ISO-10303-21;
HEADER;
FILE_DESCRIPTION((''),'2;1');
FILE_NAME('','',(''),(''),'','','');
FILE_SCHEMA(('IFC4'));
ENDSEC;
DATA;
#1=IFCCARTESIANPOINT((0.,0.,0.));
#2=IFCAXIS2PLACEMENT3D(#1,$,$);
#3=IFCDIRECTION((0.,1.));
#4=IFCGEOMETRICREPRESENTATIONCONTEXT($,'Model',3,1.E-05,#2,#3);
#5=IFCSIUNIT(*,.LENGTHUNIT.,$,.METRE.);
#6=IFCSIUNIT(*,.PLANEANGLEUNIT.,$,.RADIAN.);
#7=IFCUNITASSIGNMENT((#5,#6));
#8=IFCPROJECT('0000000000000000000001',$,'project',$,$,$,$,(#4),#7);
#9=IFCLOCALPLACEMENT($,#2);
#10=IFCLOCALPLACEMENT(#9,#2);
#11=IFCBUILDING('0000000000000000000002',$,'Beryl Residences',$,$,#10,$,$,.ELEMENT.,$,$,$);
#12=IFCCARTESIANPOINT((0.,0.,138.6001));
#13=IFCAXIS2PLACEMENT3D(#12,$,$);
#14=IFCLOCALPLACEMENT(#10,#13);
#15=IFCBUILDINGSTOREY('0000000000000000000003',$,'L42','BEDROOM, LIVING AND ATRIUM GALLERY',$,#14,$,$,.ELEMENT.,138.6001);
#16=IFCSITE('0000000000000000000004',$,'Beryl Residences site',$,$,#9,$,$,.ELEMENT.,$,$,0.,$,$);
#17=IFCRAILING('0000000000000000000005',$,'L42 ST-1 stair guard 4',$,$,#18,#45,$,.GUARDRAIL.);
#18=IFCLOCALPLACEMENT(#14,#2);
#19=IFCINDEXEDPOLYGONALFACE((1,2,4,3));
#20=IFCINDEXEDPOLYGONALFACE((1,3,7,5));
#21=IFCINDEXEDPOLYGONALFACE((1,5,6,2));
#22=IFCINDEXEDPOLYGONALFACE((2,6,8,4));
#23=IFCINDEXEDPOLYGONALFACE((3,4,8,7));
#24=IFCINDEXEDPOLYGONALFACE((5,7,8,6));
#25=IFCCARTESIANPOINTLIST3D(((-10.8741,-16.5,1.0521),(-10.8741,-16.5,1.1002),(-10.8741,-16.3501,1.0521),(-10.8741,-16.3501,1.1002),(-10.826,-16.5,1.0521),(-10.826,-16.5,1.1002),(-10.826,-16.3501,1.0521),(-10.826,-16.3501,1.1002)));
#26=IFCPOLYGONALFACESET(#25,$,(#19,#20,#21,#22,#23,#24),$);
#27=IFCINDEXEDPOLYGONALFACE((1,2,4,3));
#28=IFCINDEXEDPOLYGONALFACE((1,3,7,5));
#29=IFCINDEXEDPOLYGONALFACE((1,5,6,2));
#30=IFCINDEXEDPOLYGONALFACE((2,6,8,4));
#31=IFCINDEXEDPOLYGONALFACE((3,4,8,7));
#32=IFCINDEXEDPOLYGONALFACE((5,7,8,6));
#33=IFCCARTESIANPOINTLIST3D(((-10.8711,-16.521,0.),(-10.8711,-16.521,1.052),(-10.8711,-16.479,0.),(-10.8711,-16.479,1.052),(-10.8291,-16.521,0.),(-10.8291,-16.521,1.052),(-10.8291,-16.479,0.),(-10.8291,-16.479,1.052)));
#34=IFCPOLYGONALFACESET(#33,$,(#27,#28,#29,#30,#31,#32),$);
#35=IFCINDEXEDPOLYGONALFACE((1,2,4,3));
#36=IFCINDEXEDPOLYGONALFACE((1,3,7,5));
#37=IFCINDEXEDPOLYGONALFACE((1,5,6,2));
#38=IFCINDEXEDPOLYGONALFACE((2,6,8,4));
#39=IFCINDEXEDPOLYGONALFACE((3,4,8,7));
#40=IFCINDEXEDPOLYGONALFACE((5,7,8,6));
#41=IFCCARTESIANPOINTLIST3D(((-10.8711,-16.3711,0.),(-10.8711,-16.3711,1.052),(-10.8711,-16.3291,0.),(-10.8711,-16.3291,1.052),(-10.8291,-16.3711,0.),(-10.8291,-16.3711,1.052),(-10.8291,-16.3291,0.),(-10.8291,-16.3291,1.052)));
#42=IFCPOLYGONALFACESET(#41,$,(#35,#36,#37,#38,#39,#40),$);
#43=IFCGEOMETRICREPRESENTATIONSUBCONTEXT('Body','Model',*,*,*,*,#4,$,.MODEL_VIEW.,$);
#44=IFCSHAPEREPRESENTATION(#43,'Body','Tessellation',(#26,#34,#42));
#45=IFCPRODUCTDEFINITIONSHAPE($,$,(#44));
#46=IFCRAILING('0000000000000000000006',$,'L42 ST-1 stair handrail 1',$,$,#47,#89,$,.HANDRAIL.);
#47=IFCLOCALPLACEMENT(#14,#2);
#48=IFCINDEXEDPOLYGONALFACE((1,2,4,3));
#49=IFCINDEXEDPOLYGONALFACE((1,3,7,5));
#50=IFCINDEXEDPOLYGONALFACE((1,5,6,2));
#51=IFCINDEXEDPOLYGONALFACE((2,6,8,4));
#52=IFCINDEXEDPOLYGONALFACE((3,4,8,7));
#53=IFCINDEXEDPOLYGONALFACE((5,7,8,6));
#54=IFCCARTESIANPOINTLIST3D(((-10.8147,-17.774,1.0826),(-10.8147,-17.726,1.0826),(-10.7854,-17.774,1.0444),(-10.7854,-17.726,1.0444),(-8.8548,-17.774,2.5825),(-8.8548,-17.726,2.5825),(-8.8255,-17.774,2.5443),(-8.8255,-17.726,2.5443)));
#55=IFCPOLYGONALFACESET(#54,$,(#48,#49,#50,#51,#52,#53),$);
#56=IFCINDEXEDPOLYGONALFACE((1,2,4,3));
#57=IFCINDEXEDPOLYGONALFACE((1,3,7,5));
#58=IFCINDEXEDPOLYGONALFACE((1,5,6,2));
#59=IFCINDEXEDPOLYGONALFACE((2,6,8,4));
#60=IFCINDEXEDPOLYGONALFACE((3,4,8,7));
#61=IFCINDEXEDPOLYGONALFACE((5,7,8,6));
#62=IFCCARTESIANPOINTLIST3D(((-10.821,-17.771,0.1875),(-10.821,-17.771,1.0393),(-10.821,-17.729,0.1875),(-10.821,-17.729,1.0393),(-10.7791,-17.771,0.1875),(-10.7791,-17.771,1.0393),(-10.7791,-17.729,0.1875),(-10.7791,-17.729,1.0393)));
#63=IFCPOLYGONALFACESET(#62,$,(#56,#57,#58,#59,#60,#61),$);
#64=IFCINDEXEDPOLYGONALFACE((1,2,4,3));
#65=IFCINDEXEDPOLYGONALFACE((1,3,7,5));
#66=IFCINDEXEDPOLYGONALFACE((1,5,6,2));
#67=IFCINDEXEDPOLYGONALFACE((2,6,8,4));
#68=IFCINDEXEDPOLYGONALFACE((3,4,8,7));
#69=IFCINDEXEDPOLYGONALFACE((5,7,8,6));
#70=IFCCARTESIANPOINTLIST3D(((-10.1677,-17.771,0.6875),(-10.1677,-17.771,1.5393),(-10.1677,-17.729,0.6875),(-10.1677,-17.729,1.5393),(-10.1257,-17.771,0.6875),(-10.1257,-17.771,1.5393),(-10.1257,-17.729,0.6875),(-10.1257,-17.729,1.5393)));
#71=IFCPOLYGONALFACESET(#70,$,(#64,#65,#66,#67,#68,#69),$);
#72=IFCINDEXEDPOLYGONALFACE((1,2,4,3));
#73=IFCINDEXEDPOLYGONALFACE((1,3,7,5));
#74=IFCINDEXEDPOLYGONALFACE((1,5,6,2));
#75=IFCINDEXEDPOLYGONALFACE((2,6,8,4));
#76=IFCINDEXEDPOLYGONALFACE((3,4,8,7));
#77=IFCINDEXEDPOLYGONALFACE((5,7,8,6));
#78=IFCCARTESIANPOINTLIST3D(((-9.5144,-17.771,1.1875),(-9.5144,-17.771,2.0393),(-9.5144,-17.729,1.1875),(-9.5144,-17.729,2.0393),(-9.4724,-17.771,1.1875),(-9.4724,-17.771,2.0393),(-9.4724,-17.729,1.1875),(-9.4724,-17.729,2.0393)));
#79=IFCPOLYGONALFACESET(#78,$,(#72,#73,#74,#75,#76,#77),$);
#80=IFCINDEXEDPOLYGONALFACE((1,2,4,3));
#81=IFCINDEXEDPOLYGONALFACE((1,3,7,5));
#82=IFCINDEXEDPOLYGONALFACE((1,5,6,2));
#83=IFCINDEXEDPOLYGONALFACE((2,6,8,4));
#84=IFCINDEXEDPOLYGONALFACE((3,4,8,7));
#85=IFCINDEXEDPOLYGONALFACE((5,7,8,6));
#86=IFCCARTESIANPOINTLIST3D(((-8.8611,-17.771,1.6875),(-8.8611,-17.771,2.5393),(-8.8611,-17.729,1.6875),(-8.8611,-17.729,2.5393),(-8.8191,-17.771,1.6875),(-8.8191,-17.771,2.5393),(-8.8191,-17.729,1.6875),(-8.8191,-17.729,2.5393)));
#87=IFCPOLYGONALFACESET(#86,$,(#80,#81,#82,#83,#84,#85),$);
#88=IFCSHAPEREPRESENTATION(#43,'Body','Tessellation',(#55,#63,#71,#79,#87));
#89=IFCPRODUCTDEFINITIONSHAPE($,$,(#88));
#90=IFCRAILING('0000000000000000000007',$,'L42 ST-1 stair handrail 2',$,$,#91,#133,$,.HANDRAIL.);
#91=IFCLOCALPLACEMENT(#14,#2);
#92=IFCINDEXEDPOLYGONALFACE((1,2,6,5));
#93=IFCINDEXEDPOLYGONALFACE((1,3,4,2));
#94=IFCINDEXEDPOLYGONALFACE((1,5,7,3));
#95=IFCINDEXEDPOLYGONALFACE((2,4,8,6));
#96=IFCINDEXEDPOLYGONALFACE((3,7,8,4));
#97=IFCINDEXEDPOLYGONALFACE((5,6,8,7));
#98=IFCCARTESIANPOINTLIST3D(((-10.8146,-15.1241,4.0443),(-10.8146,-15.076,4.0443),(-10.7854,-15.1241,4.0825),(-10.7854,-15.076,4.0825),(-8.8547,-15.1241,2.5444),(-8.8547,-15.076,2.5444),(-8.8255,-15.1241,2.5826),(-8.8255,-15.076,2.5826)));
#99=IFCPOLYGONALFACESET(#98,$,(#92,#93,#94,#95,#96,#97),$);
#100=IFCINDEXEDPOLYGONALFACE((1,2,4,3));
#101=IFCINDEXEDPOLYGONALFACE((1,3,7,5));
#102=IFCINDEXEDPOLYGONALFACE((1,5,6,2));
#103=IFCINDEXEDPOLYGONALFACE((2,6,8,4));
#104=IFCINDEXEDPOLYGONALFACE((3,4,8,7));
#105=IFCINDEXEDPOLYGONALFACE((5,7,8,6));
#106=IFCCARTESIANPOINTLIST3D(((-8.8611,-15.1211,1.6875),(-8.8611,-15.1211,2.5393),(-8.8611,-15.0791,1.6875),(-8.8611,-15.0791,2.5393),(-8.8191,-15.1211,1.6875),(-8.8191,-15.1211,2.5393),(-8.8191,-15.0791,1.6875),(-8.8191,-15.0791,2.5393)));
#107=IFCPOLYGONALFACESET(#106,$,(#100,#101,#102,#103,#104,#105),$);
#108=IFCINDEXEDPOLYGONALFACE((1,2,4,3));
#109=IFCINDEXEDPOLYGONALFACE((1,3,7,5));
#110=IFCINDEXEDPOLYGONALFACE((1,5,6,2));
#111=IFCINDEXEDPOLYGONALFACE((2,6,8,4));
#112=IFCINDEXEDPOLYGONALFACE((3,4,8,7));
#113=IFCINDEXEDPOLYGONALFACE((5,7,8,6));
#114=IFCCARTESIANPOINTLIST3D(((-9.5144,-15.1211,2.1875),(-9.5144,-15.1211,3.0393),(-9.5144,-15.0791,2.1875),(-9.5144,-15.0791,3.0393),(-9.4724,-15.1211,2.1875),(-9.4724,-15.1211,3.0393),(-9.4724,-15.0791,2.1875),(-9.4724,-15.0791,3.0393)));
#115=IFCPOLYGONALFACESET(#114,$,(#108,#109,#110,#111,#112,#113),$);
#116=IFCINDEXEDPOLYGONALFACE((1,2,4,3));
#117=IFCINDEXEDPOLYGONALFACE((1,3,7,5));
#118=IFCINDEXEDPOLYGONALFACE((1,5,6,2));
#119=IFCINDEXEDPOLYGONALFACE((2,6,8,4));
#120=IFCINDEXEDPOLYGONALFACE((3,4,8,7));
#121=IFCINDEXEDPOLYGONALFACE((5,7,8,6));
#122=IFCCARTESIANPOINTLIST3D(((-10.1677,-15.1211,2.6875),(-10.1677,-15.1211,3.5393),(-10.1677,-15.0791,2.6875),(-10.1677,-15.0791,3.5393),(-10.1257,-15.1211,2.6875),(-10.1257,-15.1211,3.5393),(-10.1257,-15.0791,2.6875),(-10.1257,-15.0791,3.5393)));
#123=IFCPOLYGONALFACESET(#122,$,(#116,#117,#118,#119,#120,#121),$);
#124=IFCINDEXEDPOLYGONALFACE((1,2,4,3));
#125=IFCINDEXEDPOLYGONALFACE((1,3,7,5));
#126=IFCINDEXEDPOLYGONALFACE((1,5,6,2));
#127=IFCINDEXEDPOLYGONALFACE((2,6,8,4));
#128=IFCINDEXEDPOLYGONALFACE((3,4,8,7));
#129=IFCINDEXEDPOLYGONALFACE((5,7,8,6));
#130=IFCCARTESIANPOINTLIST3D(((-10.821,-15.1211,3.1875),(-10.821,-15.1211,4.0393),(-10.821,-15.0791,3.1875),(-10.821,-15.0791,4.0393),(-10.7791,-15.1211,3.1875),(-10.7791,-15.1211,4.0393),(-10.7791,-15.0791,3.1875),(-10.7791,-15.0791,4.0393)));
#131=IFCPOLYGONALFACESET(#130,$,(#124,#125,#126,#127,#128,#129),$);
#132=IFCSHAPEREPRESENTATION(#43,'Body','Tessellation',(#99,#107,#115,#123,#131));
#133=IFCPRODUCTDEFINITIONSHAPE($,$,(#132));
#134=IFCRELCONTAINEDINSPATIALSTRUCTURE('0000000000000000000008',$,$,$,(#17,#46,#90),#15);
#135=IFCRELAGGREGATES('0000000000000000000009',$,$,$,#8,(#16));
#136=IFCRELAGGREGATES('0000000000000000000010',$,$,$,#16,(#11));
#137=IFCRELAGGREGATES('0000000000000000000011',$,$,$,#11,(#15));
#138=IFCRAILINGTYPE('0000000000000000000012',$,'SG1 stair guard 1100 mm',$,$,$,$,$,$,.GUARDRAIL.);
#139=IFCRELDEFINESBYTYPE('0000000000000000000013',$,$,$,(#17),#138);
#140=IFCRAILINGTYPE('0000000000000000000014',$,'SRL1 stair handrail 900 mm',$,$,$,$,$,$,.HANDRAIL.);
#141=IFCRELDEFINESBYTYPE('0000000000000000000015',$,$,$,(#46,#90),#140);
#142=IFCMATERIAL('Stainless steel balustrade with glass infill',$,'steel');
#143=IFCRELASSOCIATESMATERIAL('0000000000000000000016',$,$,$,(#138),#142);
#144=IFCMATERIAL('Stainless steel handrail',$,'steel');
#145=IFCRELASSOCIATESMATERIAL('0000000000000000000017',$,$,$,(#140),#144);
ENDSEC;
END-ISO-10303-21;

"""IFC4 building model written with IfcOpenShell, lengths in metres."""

from ifc_helpers import new_model, si_unit, direction, frame, origin, origin_2d, place, context, subcontext, project, spatial, rectangle, extrude, material, type_object, element, save


model = new_model("IFC4")

# Units and contexts
model_context = context("Model", 3, precision=1e-05, world=origin(), true_north=direction((0.0, 1.0)))
body_context = subcontext(model_context, "Body", "Model", "MODEL_VIEW")
ifc_project = project(units=[si_unit("LENGTHUNIT", "METRE"), si_unit("PLANEANGLEUNIT", "RADIAN")], contexts=[model_context])

# Site, building, storey
site_placement = place(None, origin())
site = spatial("IfcSite", under=ifc_project, at=site_placement, Name="Beryl Residences site", CompositionType="ELEMENT", RefElevation=0.0)
building_placement = place(site_placement, origin())
building = spatial("IfcBuilding", under=site, at=building_placement, Name="Beryl Residences", CompositionType="ELEMENT")
storey_placement = place(building_placement, frame((0.0, 0.0, 138.6001)))
storey = spatial("IfcBuildingStorey", under=building, at=storey_placement, Name="L42", Description="BEDROOM, LIVING AND ATRIUM GALLERY", CompositionType="ELEMENT", Elevation=138.6001)

# Railings
ifc_material_1 = material(Name="Stainless steel balustrade with glass infill", Category="steel")
railing_type_1 = type_object("IfcRailingType", Name="SG1 stair guard 1100 mm", PredefinedType="GUARDRAIL", material=ifc_material_1)
railing_1_placement = place(storey_placement, frame((-10.8501, -16.5, 0.0)))
element("IfcRailing", 1, at=railing_1_placement, inside=storey, type_object=railing_type_1, Name="L42 ST-1 stair guard 4", PredefinedType="GUARDRAIL", context=body_context, shape_type="SweptSolid", body=[
    extrude(rectangle(XDim=0.0481, YDim=0.0481, at=origin_2d()), frame((0.0, 0.0, 1.0762), z_axis=(0.0, 1.0, 0.0), x_axis=(-1.0, 0.0, 0.0)), (0.0, 0.0, 1.0), 0.1499),
    extrude(rectangle(XDim=0.042, YDim=0.042, at=origin_2d()), origin(), (0.0, 0.0, 1.0), 1.052),
    extrude(rectangle(XDim=0.042, YDim=0.042, at=origin_2d()), frame((0.0, 0.1499, 0.0)), (0.0, 0.0, 1.0), 1.052),
])
ifc_material_2 = material(Name="Stainless steel handrail", Category="steel")
railing_type_2 = type_object("IfcRailingType", Name="SRL1 stair handrail 900 mm", PredefinedType="HANDRAIL", material=ifc_material_2)
railing_2_placement = place(storey_placement, frame((-10.8, -17.75, 0.1875)))
element("IfcRailing", 2, at=railing_2_placement, inside=storey, type_object=railing_type_2, Name="L42 ST-1 stair handrail 1", PredefinedType="HANDRAIL", context=body_context, shape_type="SweptSolid", body=[
    extrude(rectangle(XDim=0.0481, YDim=0.0481, at=origin_2d()), frame((0.0, 0.0, 0.876), z_axis=(0.794122, 0.0, 0.607758), x_axis=(0.0, 1.0, 0.0)), (0.0, 0.0, 1.0), 2.468),
    extrude(rectangle(XDim=0.042, YDim=0.042, at=origin_2d()), origin(), (0.0, 0.0, 1.0), 0.8518),
    extrude(rectangle(XDim=0.042, YDim=0.042, at=origin_2d()), frame((0.6533, 0.0, 0.5)), (0.0, 0.0, 1.0), 0.8518),
    extrude(rectangle(XDim=0.042, YDim=0.042, at=origin_2d()), frame((1.3066, 0.0, 1.0)), (0.0, 0.0, 1.0), 0.8518),
    extrude(rectangle(XDim=0.042, YDim=0.042, at=origin_2d()), frame((1.96, 0.0, 1.5)), (0.0, 0.0, 1.0), 0.8518),
])
railing_3_placement = place(storey_placement, frame((-8.8401, -15.1001, 1.6875)))
element("IfcRailing", 3, at=railing_3_placement, inside=storey, type_object=railing_type_2, Name="L42 ST-1 stair handrail 2", PredefinedType="HANDRAIL", context=body_context, shape_type="SweptSolid", body=[
    extrude(rectangle(XDim=0.0481, YDim=0.0481, at=origin_2d()), frame((0.0, 0.0, 0.876), z_axis=(-0.794122, 0.0, 0.607758), x_axis=(0.0, -1.0, 0.0)), (0.0, 0.0, 1.0), 2.468),
    extrude(rectangle(XDim=0.042, YDim=0.042, at=origin_2d()), origin(), (0.0, 0.0, 1.0), 0.8518),
    extrude(rectangle(XDim=0.042, YDim=0.042, at=origin_2d()), frame((-0.6533, 0.0, 0.5)), (0.0, 0.0, 1.0), 0.8518),
    extrude(rectangle(XDim=0.042, YDim=0.042, at=origin_2d()), frame((-1.3066, 0.0, 1.0)), (0.0, 0.0, 1.0), 0.8518),
    extrude(rectangle(XDim=0.042, YDim=0.042, at=origin_2d()), frame((-1.96, 0.0, 1.5)), (0.0, 0.0, 1.0), 0.8518),
])

save(model, "model.ifc")
